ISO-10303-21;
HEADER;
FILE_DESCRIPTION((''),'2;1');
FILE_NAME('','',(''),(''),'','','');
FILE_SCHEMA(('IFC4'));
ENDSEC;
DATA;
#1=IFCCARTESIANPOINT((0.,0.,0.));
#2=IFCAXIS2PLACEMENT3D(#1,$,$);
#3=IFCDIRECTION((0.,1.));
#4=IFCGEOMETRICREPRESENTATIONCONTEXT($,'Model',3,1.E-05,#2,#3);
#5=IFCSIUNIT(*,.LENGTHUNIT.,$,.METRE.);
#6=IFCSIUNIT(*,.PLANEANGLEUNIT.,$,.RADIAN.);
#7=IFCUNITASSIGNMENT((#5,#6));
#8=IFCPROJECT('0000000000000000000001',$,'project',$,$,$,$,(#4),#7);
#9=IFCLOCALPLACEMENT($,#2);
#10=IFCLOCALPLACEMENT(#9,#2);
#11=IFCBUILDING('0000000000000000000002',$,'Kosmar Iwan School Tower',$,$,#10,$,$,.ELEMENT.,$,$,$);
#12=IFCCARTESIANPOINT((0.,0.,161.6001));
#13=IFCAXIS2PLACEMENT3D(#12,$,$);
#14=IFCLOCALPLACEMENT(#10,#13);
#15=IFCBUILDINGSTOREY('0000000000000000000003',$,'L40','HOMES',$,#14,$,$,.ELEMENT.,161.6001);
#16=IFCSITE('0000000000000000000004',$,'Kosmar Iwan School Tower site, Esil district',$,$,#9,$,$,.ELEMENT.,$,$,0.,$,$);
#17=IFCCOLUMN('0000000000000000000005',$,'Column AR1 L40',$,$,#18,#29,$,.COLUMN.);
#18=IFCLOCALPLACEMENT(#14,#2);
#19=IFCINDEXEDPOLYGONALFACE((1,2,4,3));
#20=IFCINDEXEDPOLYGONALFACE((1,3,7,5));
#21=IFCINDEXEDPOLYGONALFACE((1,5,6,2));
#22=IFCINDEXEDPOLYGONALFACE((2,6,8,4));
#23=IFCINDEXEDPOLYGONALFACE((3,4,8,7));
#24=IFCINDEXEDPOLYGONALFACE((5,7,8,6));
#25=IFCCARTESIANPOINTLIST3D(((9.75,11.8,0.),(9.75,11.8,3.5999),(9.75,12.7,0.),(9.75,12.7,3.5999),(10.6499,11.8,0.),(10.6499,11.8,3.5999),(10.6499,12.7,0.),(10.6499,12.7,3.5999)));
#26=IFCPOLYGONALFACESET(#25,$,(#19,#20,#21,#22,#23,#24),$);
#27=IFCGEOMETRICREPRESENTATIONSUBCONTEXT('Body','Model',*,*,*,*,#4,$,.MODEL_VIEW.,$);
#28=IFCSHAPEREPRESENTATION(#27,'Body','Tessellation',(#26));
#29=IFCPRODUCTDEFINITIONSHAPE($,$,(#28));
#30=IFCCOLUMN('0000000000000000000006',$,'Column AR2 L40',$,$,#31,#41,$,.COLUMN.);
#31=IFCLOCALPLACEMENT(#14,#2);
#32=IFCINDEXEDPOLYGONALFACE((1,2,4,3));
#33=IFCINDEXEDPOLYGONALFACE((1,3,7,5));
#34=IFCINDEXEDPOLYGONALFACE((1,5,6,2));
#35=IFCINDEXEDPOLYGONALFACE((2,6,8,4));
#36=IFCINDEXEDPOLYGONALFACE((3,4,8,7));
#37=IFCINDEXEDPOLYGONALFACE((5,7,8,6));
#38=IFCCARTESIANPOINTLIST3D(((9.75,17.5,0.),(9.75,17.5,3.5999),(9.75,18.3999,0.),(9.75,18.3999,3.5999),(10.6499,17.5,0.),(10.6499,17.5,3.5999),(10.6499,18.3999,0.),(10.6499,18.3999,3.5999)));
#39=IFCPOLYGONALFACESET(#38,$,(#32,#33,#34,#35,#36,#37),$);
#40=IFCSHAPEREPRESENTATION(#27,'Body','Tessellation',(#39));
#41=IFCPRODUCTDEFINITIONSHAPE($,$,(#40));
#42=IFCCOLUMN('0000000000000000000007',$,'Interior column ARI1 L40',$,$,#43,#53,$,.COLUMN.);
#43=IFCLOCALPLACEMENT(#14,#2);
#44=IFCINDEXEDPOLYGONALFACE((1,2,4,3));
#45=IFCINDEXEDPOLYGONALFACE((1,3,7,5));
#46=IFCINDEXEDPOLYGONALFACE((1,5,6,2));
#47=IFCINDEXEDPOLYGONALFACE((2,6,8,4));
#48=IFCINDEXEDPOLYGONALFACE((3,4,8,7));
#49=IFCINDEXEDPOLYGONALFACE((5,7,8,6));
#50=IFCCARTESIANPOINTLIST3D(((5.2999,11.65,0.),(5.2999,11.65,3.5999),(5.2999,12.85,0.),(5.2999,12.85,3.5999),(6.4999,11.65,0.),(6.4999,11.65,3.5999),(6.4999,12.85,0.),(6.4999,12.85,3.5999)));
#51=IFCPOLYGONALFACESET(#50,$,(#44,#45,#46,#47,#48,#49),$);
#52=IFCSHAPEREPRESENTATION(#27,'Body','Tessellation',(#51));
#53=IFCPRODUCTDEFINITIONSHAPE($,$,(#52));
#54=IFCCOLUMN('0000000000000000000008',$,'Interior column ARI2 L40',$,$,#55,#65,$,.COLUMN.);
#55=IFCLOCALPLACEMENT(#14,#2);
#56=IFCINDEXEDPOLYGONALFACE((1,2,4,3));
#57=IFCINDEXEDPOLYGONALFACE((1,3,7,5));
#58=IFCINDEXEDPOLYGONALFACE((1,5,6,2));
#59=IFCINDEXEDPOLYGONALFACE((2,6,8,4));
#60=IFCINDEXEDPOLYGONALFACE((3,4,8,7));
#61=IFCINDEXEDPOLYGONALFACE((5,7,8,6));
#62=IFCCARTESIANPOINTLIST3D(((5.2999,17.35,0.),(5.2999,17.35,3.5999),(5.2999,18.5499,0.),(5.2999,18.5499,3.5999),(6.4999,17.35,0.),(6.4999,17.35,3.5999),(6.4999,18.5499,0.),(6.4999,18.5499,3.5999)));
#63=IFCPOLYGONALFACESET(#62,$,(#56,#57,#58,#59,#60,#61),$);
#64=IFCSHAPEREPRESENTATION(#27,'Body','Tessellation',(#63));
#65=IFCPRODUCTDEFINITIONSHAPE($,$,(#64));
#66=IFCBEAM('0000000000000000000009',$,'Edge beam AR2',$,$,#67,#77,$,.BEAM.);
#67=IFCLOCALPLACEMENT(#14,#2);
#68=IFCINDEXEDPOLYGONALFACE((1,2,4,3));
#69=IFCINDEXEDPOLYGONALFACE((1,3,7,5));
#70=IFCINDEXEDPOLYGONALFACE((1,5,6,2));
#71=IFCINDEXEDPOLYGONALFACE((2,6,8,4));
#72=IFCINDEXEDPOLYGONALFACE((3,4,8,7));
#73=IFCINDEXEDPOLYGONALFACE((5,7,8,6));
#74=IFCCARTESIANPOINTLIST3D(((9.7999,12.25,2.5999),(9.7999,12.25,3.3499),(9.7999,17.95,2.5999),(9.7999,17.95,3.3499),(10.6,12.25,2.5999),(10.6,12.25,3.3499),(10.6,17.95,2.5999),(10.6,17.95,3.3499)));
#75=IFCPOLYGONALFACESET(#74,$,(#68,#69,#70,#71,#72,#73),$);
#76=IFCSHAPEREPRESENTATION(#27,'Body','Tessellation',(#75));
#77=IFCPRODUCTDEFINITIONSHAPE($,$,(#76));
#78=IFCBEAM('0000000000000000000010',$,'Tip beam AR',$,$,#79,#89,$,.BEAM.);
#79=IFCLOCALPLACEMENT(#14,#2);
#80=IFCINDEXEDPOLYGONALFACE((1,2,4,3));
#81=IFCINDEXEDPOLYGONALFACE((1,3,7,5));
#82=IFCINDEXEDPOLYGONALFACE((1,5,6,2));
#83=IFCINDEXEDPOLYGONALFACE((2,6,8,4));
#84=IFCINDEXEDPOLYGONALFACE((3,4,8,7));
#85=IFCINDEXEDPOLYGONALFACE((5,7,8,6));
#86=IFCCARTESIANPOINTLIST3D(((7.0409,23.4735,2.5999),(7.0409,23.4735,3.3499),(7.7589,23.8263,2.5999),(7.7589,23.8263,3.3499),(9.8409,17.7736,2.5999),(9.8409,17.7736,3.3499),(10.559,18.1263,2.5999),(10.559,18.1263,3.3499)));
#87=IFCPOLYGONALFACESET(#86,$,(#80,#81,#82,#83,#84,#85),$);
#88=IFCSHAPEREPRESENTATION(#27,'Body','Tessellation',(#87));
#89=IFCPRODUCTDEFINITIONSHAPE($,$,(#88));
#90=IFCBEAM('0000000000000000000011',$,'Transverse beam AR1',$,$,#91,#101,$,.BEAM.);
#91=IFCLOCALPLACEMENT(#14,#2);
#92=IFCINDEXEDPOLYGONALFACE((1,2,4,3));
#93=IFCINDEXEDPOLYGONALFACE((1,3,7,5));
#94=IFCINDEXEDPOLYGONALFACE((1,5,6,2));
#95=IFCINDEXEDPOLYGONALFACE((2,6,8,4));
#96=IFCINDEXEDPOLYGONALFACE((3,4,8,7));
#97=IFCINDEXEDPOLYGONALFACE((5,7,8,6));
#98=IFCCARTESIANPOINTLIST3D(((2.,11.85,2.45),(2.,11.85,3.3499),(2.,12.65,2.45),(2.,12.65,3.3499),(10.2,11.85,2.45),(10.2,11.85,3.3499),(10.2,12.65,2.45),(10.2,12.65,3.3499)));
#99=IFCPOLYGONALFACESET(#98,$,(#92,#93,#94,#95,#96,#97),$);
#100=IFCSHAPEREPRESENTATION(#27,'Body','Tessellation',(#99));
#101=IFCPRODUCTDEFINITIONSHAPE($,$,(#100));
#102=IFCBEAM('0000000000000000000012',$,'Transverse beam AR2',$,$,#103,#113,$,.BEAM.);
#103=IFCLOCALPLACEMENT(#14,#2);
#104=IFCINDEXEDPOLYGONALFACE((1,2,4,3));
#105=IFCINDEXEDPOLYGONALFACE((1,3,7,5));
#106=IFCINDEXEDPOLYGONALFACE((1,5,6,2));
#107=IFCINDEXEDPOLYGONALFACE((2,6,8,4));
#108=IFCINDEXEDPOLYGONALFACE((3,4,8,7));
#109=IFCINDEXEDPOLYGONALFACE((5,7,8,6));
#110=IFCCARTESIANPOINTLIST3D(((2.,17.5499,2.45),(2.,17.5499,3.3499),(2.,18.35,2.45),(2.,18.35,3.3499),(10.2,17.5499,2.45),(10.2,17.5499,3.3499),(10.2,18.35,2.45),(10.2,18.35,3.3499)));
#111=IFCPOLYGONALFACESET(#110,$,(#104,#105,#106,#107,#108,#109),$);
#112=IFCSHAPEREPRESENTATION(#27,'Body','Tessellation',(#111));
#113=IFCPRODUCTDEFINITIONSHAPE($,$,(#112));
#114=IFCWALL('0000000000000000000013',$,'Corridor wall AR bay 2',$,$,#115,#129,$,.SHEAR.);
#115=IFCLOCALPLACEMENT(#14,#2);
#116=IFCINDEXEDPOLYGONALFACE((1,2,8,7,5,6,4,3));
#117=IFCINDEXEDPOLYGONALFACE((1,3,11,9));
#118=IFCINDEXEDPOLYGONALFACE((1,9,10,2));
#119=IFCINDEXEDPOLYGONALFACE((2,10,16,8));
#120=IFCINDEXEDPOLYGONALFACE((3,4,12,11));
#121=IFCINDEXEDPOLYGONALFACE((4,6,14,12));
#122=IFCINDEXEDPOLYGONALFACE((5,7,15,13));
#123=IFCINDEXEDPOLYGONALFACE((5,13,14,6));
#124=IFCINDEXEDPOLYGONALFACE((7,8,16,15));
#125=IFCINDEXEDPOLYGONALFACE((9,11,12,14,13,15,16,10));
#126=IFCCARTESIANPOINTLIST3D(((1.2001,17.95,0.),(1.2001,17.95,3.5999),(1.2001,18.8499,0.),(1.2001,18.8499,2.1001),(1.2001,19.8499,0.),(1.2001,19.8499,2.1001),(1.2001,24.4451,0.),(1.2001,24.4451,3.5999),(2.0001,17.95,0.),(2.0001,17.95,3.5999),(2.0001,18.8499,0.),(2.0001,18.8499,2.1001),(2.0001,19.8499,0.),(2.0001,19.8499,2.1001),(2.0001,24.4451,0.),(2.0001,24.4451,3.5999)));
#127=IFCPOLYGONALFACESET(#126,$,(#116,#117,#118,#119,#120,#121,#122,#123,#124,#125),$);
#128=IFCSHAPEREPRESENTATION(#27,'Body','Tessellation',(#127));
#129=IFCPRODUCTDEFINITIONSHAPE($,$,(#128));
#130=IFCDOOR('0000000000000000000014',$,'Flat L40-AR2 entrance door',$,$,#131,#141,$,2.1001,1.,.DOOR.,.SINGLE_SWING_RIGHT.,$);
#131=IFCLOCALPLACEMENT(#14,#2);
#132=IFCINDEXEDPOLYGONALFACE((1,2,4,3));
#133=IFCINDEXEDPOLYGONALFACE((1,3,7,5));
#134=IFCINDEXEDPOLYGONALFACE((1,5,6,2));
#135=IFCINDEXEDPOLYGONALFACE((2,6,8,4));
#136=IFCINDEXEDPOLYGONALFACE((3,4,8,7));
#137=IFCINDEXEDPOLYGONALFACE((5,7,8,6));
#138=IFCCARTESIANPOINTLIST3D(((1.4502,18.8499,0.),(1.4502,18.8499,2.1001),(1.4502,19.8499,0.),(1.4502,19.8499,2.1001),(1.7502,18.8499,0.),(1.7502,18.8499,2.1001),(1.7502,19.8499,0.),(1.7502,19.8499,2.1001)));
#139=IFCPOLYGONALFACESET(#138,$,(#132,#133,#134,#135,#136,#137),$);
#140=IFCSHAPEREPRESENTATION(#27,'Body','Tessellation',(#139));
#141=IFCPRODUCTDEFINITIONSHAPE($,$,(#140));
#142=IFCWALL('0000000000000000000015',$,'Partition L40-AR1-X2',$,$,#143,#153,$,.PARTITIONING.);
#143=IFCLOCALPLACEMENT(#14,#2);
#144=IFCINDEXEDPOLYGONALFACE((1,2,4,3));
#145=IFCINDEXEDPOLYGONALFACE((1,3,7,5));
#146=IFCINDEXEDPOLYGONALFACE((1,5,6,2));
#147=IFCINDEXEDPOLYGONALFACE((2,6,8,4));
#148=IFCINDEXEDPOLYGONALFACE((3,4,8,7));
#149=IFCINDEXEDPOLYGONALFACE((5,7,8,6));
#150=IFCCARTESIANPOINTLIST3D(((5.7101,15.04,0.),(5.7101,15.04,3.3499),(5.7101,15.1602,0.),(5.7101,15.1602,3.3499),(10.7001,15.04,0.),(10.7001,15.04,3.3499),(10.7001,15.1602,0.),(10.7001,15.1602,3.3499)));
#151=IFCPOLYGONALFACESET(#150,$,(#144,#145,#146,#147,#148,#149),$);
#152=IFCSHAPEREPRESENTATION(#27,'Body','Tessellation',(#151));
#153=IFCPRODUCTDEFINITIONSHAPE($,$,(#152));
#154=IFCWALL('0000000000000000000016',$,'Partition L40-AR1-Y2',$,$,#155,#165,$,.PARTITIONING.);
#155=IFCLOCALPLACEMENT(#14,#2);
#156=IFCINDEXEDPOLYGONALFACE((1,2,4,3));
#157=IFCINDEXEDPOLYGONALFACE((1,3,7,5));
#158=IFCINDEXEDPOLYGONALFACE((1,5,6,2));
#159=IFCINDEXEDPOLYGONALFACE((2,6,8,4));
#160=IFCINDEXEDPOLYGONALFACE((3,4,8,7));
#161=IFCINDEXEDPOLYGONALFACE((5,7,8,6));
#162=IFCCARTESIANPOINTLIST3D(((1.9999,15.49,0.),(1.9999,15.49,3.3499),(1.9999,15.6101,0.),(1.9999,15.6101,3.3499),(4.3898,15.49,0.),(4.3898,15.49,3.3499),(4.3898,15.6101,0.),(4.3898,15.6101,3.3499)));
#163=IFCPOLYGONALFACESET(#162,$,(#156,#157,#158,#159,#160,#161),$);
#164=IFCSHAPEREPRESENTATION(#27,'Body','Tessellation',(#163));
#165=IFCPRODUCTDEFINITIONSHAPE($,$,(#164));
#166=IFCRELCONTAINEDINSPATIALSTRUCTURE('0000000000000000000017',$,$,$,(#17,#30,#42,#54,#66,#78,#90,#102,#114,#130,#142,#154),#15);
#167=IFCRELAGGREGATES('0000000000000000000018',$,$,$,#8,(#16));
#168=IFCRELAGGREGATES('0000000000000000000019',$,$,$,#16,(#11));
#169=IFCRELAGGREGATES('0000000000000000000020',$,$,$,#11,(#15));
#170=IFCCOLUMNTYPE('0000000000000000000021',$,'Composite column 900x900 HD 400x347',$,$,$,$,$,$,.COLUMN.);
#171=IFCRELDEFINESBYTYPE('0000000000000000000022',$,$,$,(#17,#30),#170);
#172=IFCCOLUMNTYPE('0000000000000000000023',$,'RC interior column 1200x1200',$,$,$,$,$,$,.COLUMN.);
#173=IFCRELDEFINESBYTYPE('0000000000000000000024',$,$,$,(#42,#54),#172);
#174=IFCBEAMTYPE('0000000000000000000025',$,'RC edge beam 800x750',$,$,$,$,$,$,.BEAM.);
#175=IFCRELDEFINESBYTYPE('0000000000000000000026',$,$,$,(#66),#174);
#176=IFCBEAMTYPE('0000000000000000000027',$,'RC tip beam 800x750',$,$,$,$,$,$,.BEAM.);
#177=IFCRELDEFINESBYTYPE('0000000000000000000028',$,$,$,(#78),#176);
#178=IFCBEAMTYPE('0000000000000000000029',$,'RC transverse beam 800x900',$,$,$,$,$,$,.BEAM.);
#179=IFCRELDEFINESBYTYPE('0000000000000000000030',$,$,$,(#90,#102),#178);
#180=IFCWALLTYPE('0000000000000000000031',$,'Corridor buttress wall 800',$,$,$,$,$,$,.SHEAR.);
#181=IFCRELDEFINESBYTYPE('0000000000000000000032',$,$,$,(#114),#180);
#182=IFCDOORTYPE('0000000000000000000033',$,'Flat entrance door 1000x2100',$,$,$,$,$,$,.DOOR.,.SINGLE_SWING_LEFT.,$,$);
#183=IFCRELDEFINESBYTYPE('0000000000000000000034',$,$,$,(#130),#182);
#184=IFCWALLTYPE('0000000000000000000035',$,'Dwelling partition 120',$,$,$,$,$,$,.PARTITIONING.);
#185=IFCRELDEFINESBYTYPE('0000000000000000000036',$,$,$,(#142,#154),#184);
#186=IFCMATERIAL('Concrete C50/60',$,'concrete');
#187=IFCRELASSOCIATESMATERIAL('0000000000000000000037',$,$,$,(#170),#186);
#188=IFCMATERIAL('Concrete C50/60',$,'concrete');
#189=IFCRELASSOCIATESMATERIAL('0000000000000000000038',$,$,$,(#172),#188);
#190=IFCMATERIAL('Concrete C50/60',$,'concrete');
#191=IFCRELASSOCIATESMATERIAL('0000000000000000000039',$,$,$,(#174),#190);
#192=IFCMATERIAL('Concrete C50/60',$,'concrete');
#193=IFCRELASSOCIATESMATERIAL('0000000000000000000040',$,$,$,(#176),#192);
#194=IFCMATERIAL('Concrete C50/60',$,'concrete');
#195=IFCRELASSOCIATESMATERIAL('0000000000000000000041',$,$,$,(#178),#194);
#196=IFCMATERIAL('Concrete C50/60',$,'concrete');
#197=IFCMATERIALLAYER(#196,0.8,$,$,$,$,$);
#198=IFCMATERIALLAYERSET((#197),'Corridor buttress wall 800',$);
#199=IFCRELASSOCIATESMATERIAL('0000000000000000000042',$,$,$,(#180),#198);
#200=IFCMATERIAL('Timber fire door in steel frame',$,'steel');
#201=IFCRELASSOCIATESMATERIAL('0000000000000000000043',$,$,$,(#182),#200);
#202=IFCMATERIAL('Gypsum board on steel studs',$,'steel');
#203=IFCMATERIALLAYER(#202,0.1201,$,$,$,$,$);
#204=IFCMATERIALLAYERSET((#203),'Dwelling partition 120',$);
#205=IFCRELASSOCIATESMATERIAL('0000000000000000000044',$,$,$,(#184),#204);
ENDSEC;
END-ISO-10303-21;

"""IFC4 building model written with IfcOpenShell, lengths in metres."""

from ifc_helpers import new_model, si_unit, direction, frame, frame_2d, origin, origin_2d, place, context, subcontext, project, spatial, rectangle, extrude, material, layer, layer_set, material_profile, profile_set, type_object, element, fill, save


model = new_model("IFC4")

# Units and contexts
model_context = context("Model", 3, precision=1e-05, world=origin(), true_north=direction((0.0, 1.0)))
body_context = subcontext(model_context, "Body", "Model", "MODEL_VIEW")
ifc_project = project(units=[si_unit("LENGTHUNIT", "METRE"), si_unit("PLANEANGLEUNIT", "RADIAN")], contexts=[model_context])

# Site, building, storey
site_placement = place(None, origin())
site = spatial("IfcSite", under=ifc_project, at=site_placement, Name="Kosmar Iwan School Tower site, Esil district", CompositionType="ELEMENT", RefElevation=0.0)
building_placement = place(site_placement, origin())
building = spatial("IfcBuilding", under=site, at=building_placement, Name="Kosmar Iwan School Tower", CompositionType="ELEMENT")
storey_placement = place(building_placement, frame((0.0, 0.0, 161.6001)))
storey = spatial("IfcBuildingStorey", under=building, at=storey_placement, Name="L40", Description="HOMES", CompositionType="ELEMENT", Elevation=161.6001)

# Columns
ifc_material_1 = material(Name="Concrete C50/60", Category="concrete")
ifc_material_profile_1 = material_profile(ifc_material_1, rectangle(XDim=0.8999, YDim=0.8999, at=origin_2d()), Name="RC 900x900 + HD 400x347")
ifc_profile_set_1 = profile_set([ifc_material_profile_1], Name="Concrete C50/60")
column_type_1 = type_object("IfcColumnType", Name="Composite column 900x900 HD 400x347", PredefinedType="COLUMN", material=ifc_profile_set_1)
for number, where, z_axis, x_axis, name in (
    (1, (10.2, 12.25, 0.0), (0.0, 0.0, 1.0), (0.0, 1.0, 0.0), "Column AR1 L40"),
    (2, (10.2, 17.95, 0.0), (0.0, 0.0, 1.0), (0.0, 1.0, 0.0), "Column AR2 L40"),
):
    element("IfcColumn", number, at=place(storey_placement, frame(where, z_axis=z_axis, x_axis=x_axis)), inside=storey, type_object=column_type_1, Name=name, PredefinedType="COLUMN", context=body_context, shape_type="SweptSolid", body=[
        extrude(rectangle(XDim=0.8999, YDim=0.8999, at=origin_2d()), origin(), (0.0, 0.0, 1.0), 3.5999),
    ])
ifc_material_2 = material(Name="Concrete C50/60", Category="concrete")
ifc_material_profile_2 = material_profile(ifc_material_2, rectangle(XDim=1.2, YDim=1.2, at=origin_2d()), Name="RC 1200x1200")
ifc_profile_set_2 = profile_set([ifc_material_profile_2], Name="Concrete C50/60")
column_type_2 = type_object("IfcColumnType", Name="RC interior column 1200x1200", PredefinedType="COLUMN", material=ifc_profile_set_2)
for number, where, z_axis, x_axis, name in (
    (3, (5.8999, 12.25, 0.0), (0.0, 0.0, 1.0), (0.0, 1.0, 0.0), "Interior column ARI1 L40"),
    (4, (5.8999, 17.95, 0.0), (0.0, 0.0, 1.0), (0.0, 1.0, 0.0), "Interior column ARI2 L40"),
):
    element("IfcColumn", number, at=place(storey_placement, frame(where, z_axis=z_axis, x_axis=x_axis)), inside=storey, type_object=column_type_2, Name=name, PredefinedType="COLUMN", context=body_context, shape_type="SweptSolid", body=[
        extrude(rectangle(XDim=1.2, YDim=1.2, at=origin_2d()), origin(), (0.0, 0.0, 1.0), 3.5999),
    ])

# Beams
ifc_material_3 = material(Name="Concrete C50/60", Category="concrete")
ifc_material_profile_3 = material_profile(ifc_material_3, rectangle(XDim=0.8, YDim=0.75, at=origin_2d()), Name="RC 800x750")
ifc_profile_set_3 = profile_set([ifc_material_profile_3], Name="Concrete C50/60")
beam_type_1 = type_object("IfcBeamType", Name="RC edge beam 800x750", PredefinedType="BEAM", material=ifc_profile_set_3)
beam_1_placement = place(storey_placement, frame((10.2, 12.25, 2.9749), z_axis=(0.0, 1.0, 0.0), x_axis=(-1.0, 0.0, 0.0)))
element("IfcBeam", 5, at=beam_1_placement, inside=storey, type_object=beam_type_1, Name="Edge beam AR2", PredefinedType="BEAM", context=body_context, shape_type="SweptSolid", body=[
    extrude(rectangle(XDim=0.8, YDim=0.75, at=origin_2d()), origin(), (0.0, 0.0, 1.0), 5.7),
])
ifc_material_4 = material(Name="Concrete C50/60", Category="concrete")
ifc_material_profile_4 = material_profile(ifc_material_4, rectangle(XDim=0.8, YDim=0.75, at=origin_2d()), Name="RC 800x750")
ifc_profile_set_4 = profile_set([ifc_material_profile_4], Name="Concrete C50/60")
beam_type_2 = type_object("IfcBeamType", Name="RC tip beam 800x750", PredefinedType="BEAM", material=ifc_profile_set_4)
beam_2_placement = place(storey_placement, frame((10.2, 17.95, 2.9749), z_axis=(-0.440913, 0.89755, 0.0), x_axis=(-0.89755, -0.440913, 0.0)))
element("IfcBeam", 6, at=beam_2_placement, inside=storey, type_object=beam_type_2, Name="Tip beam AR", PredefinedType="BEAM", context=body_context, shape_type="SweptSolid", body=[
    extrude(rectangle(XDim=0.8, YDim=0.75, at=origin_2d()), origin(), (0.0, 0.0, 1.0), 6.3506),
])
ifc_material_5 = material(Name="Concrete C50/60", Category="concrete")
ifc_material_profile_5 = material_profile(ifc_material_5, rectangle(XDim=0.8, YDim=0.8999, at=origin_2d()), Name="RC 800x900")
ifc_profile_set_5 = profile_set([ifc_material_profile_5], Name="Concrete C50/60")
beam_type_3 = type_object("IfcBeamType", Name="RC transverse beam 800x900", PredefinedType="BEAM", material=ifc_profile_set_5)
for number, where, z_axis, x_axis, name in (
    (7, (10.2, 12.25, 2.8999), (-1.0, 0.0, 0.0), (0.0, -1.0, 0.0), "Transverse beam AR1"),
    (8, (10.2, 17.95, 2.8999), (-1.0, 0.0, 0.0), (0.0, -1.0, 0.0), "Transverse beam AR2"),
):
    element("IfcBeam", number, at=place(storey_placement, frame(where, z_axis=z_axis, x_axis=x_axis)), inside=storey, type_object=beam_type_3, Name=name, PredefinedType="BEAM", context=body_context, shape_type="SweptSolid", body=[
        extrude(rectangle(XDim=0.8, YDim=0.8999, at=origin_2d()), origin(), (0.0, 0.0, 1.0), 8.2),
    ])

# Wall, opening, door
ifc_material_6 = material(Name="Concrete C50/60", Category="concrete")
ifc_layer_1 = layer(ifc_material_6, 0.8)
ifc_layer_set_1 = layer_set([ifc_layer_1], Name="Corridor buttress wall 800")
wall_type_1 = type_object("IfcWallType", Name="Corridor buttress wall 800", PredefinedType="SHEAR", material=ifc_layer_set_1)
wall_1_placement = place(storey_placement, frame((1.6001, 17.95, 0.0), z_axis=(0.0, 0.0, 1.0), x_axis=(0.0, 1.0, 0.0)))
wall_1 = element("IfcWall", 9, at=wall_1_placement, inside=storey, type_object=wall_type_1, Name="Corridor wall AR bay 2", PredefinedType="SHEAR", context=body_context, shape_type="SweptSolid", body=[
    extrude(rectangle(XDim=6.4951, YDim=0.8, at=frame_2d((3.2476, 0.0))), origin(), (0.0, 0.0, 1.0), 3.5999),
])
opening_1_placement = place(wall_1_placement, frame((0.8999, 0.0, 0.0)))
opening_1 = element("IfcOpeningElement", 10, at=opening_1_placement, cuts=wall_1, PredefinedType="OPENING", context=body_context, shape_type="SweptSolid", body=[
    extrude(rectangle(XDim=1.0, YDim=2.1001, at=frame_2d((0.5, 1.05))), frame((0.0, 0.4121, 0.0), z_axis=(0.0, -1.0, 0.0), x_axis=(1.0, 0.0, 0.0)), (0.0, 0.0, 1.0), 0.824),
])
ifc_material_7 = material(Name="Timber fire door in steel frame", Category="steel")
door_type_1 = type_object("IfcDoorType", Name="Flat entrance door 1000x2100", OperationType="SINGLE_SWING_LEFT", PredefinedType="DOOR", material=ifc_material_7)
door_1_placement = place(opening_1_placement, origin())
door_1 = element("IfcDoor", 11, at=door_1_placement, inside=storey, type_object=door_type_1, Name="Flat L40-AR2 entrance door", OperationType="SINGLE_SWING_RIGHT", OverallHeight=2.1001, OverallWidth=1.0, PredefinedType="DOOR", context=body_context, shape_type="SweptSolid", body=[
    extrude(rectangle(XDim=1.0, YDim=2.1001, at=frame_2d((0.5, 1.05))), frame((0.0, 0.1499, 0.0), z_axis=(0.0, -1.0, 0.0), x_axis=(1.0, 0.0, 0.0)), (0.0, 0.0, 1.0), 0.3),
])
fill(opening_1, door_1)

# Walls
ifc_material_8 = material(Name="Gypsum board on steel studs", Category="steel")
ifc_layer_2 = layer(ifc_material_8, 0.1201)
ifc_layer_set_2 = layer_set([ifc_layer_2], Name="Dwelling partition 120")
wall_type_2 = type_object("IfcWallType", Name="Dwelling partition 120", PredefinedType="PARTITIONING", material=ifc_layer_set_2)
wall_2_placement = place(storey_placement, frame((5.71, 15.1001, 0.0), z_axis=(0.0, 0.0, 1.0), x_axis=(1.0, 0.0, 0.0)))
element("IfcWall", 12, at=wall_2_placement, inside=storey, type_object=wall_type_2, Name="Partition L40-AR1-X2", PredefinedType="PARTITIONING", context=body_context, shape_type="SweptSolid", body=[
    extrude(rectangle(XDim=4.99, YDim=0.1201, at=frame_2d((2.4951, 0.0))), origin(), (0.0, 0.0, 1.0), 3.3499),
])
wall_3_placement = place(storey_placement, frame((2.0, 15.55, 0.0), z_axis=(0.0, 0.0, 1.0), x_axis=(1.0, 0.0, 0.0)))
element("IfcWall", 13, at=wall_3_placement, inside=storey, type_object=wall_type_2, Name="Partition L40-AR1-Y2", PredefinedType="PARTITIONING", context=body_context, shape_type="SweptSolid", body=[
    extrude(rectangle(XDim=2.3899, YDim=0.1201, at=frame_2d((1.1948, 0.0))), origin(), (0.0, 0.0, 1.0), 3.3499),
])

save(model, "model.ifc")
